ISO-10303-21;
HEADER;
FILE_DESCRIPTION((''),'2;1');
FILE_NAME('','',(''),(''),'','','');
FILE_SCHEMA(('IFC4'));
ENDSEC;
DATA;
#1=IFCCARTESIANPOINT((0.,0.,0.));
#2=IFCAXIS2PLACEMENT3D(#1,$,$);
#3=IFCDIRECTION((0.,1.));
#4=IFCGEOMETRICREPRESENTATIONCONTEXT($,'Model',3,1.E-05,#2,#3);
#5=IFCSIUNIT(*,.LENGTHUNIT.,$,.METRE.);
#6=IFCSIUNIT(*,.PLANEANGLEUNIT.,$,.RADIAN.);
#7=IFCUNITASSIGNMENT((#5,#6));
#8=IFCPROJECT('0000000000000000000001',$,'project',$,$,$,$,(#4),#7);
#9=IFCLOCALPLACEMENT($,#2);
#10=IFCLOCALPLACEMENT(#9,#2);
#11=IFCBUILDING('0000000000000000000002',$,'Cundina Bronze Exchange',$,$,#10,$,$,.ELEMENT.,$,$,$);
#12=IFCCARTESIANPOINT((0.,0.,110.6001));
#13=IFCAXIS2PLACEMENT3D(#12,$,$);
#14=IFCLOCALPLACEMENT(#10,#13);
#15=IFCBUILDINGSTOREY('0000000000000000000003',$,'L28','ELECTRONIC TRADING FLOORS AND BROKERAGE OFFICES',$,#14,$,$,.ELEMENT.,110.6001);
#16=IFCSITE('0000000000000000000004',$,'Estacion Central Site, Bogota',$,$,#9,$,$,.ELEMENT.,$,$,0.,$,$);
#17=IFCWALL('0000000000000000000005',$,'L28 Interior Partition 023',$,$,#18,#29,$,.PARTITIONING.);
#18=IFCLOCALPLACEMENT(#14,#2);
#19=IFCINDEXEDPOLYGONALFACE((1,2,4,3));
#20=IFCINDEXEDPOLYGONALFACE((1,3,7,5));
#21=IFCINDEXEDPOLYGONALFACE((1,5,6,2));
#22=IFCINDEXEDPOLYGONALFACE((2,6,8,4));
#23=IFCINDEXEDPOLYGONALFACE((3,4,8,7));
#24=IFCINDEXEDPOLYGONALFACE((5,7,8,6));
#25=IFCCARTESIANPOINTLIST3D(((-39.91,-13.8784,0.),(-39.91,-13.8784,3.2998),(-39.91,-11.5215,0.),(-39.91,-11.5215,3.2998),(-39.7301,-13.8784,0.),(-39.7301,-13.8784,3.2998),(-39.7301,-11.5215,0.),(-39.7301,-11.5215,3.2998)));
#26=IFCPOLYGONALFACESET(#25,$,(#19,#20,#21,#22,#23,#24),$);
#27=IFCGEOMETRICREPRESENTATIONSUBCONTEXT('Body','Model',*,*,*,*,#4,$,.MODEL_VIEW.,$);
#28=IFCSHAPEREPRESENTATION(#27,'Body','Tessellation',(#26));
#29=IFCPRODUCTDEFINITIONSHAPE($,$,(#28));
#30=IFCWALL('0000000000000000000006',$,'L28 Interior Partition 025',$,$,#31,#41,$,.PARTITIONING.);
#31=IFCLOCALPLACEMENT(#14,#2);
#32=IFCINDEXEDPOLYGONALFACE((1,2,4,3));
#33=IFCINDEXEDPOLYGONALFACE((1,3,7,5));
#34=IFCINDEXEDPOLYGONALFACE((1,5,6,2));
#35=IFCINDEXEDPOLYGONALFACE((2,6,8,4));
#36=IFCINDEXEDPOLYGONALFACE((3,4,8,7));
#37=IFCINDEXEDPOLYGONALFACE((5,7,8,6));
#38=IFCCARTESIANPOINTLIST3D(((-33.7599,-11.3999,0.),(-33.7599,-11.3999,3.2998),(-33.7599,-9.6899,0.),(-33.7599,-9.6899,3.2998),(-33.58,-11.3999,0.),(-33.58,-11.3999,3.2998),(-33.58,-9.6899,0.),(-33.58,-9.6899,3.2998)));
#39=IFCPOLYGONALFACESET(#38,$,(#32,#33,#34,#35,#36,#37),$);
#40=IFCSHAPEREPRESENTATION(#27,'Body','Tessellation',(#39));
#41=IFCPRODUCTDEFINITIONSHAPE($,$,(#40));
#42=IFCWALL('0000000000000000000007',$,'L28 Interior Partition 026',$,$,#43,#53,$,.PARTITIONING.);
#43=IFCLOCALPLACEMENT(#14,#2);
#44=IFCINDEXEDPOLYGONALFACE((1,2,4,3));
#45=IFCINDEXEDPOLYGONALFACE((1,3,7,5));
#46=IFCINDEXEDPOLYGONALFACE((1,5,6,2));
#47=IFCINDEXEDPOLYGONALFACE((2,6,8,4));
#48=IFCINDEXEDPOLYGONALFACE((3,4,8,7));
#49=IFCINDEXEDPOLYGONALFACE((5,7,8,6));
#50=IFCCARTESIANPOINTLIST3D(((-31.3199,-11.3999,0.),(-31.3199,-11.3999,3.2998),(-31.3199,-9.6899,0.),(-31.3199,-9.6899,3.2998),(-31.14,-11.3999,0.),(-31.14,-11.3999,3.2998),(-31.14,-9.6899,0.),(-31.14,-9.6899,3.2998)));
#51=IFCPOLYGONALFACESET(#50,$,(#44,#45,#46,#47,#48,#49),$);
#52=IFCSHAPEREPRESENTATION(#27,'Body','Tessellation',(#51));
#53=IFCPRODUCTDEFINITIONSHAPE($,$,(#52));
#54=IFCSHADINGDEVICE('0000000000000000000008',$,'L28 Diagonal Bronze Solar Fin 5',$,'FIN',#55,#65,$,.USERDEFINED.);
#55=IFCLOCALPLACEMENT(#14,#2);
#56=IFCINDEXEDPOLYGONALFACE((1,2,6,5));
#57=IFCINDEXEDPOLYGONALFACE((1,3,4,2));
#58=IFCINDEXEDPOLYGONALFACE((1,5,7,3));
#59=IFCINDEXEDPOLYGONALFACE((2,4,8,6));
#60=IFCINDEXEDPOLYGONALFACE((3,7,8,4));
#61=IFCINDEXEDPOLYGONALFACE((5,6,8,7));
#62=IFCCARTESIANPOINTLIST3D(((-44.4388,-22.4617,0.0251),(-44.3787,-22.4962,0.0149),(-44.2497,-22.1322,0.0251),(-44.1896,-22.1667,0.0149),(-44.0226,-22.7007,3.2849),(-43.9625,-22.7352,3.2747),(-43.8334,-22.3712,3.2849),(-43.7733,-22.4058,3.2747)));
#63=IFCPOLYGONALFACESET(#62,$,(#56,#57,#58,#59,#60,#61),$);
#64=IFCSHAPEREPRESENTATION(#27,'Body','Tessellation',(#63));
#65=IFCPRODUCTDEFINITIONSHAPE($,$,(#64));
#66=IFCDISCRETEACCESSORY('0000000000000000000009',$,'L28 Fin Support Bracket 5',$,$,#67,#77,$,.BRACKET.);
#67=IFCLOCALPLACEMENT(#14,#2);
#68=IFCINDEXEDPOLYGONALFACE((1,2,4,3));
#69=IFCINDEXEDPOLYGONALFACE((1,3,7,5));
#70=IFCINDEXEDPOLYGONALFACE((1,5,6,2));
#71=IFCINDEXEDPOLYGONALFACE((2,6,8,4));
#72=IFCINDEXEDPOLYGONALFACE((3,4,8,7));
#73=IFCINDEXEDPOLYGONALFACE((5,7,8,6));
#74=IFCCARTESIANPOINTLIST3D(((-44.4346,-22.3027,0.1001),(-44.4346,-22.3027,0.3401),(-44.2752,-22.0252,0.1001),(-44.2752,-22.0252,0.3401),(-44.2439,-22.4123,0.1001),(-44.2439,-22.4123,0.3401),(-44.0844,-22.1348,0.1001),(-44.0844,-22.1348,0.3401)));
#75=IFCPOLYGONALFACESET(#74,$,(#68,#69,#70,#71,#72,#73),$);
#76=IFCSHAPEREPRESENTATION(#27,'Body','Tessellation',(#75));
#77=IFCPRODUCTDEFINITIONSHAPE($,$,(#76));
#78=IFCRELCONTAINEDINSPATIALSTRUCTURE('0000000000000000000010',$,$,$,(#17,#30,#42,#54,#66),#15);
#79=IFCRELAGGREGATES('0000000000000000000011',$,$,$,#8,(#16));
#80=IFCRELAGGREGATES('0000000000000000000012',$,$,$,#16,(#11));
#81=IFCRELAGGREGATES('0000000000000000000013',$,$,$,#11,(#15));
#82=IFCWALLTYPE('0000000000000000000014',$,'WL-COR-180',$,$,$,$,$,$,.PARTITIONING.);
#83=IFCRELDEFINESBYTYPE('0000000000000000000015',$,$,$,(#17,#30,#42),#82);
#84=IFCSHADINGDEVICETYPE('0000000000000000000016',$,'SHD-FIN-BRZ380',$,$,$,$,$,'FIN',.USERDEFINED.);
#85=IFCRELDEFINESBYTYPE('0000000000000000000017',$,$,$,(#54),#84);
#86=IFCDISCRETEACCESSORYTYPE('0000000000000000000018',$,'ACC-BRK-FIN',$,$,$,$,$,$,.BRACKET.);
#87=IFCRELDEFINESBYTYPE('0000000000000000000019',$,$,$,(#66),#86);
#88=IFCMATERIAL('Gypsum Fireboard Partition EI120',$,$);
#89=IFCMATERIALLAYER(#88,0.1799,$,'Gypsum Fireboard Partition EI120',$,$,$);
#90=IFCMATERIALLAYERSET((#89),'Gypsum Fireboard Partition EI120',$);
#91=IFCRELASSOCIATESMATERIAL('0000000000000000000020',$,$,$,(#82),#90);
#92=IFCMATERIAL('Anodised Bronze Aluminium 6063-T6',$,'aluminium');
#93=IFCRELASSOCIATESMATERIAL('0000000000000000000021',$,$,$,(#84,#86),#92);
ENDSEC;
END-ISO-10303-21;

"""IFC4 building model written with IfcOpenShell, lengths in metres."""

from ifc_helpers import new_model, si_unit, direction, frame, frame_2d, origin, origin_2d, place, context, subcontext, project, spatial, rectangle, extrude, material, layer, layer_set, material_profile, profile_set, type_object, element, save


model = new_model("IFC4")

# Units and contexts
model_context = context("Model", 3, precision=1e-05, world=origin(), true_north=direction((0.0, 1.0)))
body_context = subcontext(model_context, "Body", "Model", "MODEL_VIEW")
ifc_project = project(units=[si_unit("LENGTHUNIT", "METRE"), si_unit("PLANEANGLEUNIT", "RADIAN")], contexts=[model_context])

# Site, building, storey
site_placement = place(None, origin())
site = spatial("IfcSite", under=ifc_project, at=site_placement, Name="Estacion Central Site, Bogota", CompositionType="ELEMENT", RefElevation=0.0)
building_placement = place(site_placement, origin())
building = spatial("IfcBuilding", under=site, at=building_placement, Name="Cundina Bronze Exchange", CompositionType="ELEMENT")
storey_placement = place(building_placement, frame((0.0, 0.0, 110.6001)))
storey = spatial("IfcBuildingStorey", under=building, at=storey_placement, Name="L28", Description="ELECTRONIC TRADING FLOORS AND BROKERAGE OFFICES", CompositionType="ELEMENT", Elevation=110.6001)

# Shared definitions
ifc_material_1 = material(Name="Anodised Bronze Aluminium 6063-T6", Category="aluminium")

# Shared definitions
ifc_material_2 = material(Name="Gypsum Fireboard Partition EI120")
ifc_layer_1 = layer(ifc_material_2, 0.1799, Name="Gypsum Fireboard Partition EI120")
ifc_layer_set_1 = layer_set([ifc_layer_1], Name="Gypsum Fireboard Partition EI120")
wall_type = type_object("IfcWallType", Name="WL-COR-180", PredefinedType="PARTITIONING", material=ifc_layer_set_1)

# Walls
wall_1_placement = place(storey_placement, frame((-39.8201, -11.5215, 0.0), z_axis=(0.0, 0.0, 1.0), x_axis=(0.0, -1.0, 0.0)))
element("IfcWall", 1, at=wall_1_placement, inside=storey, type_object=wall_type, Name="L28 Interior Partition 023", PredefinedType="PARTITIONING", context=body_context, shape_type="SweptSolid", body=[
    extrude(rectangle(XDim=2.3569, YDim=0.1799, at=frame_2d((1.1785, 0.0))), origin(), (0.0, 0.0, 1.0), 3.2998),
])
for number, where, z_axis, x_axis, name in (
    (2, (-33.6699, -9.6899, 0.0), (0.0, 0.0, 1.0), (0.0, -1.0, 0.0), "L28 Interior Partition 025"),
    (3, (-31.23, -11.3999, 0.0), (0.0, 0.0, 1.0), (0.0, 1.0, 0.0), "L28 Interior Partition 026"),
):
    element("IfcWall", number, at=place(storey_placement, frame(where, z_axis=z_axis, x_axis=x_axis)), inside=storey, type_object=wall_type, Name=name, PredefinedType="PARTITIONING", context=body_context, shape_type="SweptSolid", body=[
        extrude(rectangle(XDim=1.71, YDim=0.1799, at=frame_2d((0.855, 0.0))), origin(), (0.0, 0.0, 1.0), 3.2998),
    ])

# Shading device
ifc_material_profile_1 = material_profile(ifc_material_1, rectangle(XDim=0.0701, YDim=0.3799, at=origin_2d()), Name="FIN70X380", Category="aluminium")
ifc_profile_set_1 = profile_set([ifc_material_profile_1], Name="Anodised Bronze Aluminium 6063-T6")
shading_device_type = type_object("IfcShadingDeviceType", Name="SHD-FIN-BRZ380", ElementType="FIN", PredefinedType="USERDEFINED", material=ifc_profile_set_1)
shading_device_placement = place(storey_placement, frame((-44.3142, -22.3142, 0.02), z_axis=(0.126334, -0.07254, 0.989332), x_axis=(-0.857957, 0.492633, 0.145679)))
element("IfcShadingDevice", 4, at=shading_device_placement, inside=storey, type_object=shading_device_type, Name="L28 Diagonal Bronze Solar Fin 5", ObjectType="FIN", PredefinedType="USERDEFINED", context=body_context, shape_type="SweptSolid", body=[
    extrude(rectangle(XDim=0.0701, YDim=0.3799, at=origin_2d()), origin(), (0.0, 0.0, 1.0), 3.2949),
])

# Discrete accessory
discrete_accessory_type = type_object("IfcDiscreteAccessoryType", Name="ACC-BRK-FIN", PredefinedType="BRACKET", material=ifc_material_1)
discrete_accessory_placement = place(storey_placement, frame((-44.2595, -22.2188, 0.1001), z_axis=(0.0, 0.0, 1.0), x_axis=(0.867105, -0.498125, 0.0)))
element("IfcDiscreteAccessory", 5, at=discrete_accessory_placement, inside=storey, type_object=discrete_accessory_type, Name="L28 Fin Support Bracket 5", PredefinedType="BRACKET", context=body_context, shape_type="SweptSolid", body=[
    extrude(rectangle(XDim=0.22, YDim=0.3201, at=origin_2d()), origin(), (0.0, 0.0, 1.0), 0.24),
])

save(model, "model.ifc")
